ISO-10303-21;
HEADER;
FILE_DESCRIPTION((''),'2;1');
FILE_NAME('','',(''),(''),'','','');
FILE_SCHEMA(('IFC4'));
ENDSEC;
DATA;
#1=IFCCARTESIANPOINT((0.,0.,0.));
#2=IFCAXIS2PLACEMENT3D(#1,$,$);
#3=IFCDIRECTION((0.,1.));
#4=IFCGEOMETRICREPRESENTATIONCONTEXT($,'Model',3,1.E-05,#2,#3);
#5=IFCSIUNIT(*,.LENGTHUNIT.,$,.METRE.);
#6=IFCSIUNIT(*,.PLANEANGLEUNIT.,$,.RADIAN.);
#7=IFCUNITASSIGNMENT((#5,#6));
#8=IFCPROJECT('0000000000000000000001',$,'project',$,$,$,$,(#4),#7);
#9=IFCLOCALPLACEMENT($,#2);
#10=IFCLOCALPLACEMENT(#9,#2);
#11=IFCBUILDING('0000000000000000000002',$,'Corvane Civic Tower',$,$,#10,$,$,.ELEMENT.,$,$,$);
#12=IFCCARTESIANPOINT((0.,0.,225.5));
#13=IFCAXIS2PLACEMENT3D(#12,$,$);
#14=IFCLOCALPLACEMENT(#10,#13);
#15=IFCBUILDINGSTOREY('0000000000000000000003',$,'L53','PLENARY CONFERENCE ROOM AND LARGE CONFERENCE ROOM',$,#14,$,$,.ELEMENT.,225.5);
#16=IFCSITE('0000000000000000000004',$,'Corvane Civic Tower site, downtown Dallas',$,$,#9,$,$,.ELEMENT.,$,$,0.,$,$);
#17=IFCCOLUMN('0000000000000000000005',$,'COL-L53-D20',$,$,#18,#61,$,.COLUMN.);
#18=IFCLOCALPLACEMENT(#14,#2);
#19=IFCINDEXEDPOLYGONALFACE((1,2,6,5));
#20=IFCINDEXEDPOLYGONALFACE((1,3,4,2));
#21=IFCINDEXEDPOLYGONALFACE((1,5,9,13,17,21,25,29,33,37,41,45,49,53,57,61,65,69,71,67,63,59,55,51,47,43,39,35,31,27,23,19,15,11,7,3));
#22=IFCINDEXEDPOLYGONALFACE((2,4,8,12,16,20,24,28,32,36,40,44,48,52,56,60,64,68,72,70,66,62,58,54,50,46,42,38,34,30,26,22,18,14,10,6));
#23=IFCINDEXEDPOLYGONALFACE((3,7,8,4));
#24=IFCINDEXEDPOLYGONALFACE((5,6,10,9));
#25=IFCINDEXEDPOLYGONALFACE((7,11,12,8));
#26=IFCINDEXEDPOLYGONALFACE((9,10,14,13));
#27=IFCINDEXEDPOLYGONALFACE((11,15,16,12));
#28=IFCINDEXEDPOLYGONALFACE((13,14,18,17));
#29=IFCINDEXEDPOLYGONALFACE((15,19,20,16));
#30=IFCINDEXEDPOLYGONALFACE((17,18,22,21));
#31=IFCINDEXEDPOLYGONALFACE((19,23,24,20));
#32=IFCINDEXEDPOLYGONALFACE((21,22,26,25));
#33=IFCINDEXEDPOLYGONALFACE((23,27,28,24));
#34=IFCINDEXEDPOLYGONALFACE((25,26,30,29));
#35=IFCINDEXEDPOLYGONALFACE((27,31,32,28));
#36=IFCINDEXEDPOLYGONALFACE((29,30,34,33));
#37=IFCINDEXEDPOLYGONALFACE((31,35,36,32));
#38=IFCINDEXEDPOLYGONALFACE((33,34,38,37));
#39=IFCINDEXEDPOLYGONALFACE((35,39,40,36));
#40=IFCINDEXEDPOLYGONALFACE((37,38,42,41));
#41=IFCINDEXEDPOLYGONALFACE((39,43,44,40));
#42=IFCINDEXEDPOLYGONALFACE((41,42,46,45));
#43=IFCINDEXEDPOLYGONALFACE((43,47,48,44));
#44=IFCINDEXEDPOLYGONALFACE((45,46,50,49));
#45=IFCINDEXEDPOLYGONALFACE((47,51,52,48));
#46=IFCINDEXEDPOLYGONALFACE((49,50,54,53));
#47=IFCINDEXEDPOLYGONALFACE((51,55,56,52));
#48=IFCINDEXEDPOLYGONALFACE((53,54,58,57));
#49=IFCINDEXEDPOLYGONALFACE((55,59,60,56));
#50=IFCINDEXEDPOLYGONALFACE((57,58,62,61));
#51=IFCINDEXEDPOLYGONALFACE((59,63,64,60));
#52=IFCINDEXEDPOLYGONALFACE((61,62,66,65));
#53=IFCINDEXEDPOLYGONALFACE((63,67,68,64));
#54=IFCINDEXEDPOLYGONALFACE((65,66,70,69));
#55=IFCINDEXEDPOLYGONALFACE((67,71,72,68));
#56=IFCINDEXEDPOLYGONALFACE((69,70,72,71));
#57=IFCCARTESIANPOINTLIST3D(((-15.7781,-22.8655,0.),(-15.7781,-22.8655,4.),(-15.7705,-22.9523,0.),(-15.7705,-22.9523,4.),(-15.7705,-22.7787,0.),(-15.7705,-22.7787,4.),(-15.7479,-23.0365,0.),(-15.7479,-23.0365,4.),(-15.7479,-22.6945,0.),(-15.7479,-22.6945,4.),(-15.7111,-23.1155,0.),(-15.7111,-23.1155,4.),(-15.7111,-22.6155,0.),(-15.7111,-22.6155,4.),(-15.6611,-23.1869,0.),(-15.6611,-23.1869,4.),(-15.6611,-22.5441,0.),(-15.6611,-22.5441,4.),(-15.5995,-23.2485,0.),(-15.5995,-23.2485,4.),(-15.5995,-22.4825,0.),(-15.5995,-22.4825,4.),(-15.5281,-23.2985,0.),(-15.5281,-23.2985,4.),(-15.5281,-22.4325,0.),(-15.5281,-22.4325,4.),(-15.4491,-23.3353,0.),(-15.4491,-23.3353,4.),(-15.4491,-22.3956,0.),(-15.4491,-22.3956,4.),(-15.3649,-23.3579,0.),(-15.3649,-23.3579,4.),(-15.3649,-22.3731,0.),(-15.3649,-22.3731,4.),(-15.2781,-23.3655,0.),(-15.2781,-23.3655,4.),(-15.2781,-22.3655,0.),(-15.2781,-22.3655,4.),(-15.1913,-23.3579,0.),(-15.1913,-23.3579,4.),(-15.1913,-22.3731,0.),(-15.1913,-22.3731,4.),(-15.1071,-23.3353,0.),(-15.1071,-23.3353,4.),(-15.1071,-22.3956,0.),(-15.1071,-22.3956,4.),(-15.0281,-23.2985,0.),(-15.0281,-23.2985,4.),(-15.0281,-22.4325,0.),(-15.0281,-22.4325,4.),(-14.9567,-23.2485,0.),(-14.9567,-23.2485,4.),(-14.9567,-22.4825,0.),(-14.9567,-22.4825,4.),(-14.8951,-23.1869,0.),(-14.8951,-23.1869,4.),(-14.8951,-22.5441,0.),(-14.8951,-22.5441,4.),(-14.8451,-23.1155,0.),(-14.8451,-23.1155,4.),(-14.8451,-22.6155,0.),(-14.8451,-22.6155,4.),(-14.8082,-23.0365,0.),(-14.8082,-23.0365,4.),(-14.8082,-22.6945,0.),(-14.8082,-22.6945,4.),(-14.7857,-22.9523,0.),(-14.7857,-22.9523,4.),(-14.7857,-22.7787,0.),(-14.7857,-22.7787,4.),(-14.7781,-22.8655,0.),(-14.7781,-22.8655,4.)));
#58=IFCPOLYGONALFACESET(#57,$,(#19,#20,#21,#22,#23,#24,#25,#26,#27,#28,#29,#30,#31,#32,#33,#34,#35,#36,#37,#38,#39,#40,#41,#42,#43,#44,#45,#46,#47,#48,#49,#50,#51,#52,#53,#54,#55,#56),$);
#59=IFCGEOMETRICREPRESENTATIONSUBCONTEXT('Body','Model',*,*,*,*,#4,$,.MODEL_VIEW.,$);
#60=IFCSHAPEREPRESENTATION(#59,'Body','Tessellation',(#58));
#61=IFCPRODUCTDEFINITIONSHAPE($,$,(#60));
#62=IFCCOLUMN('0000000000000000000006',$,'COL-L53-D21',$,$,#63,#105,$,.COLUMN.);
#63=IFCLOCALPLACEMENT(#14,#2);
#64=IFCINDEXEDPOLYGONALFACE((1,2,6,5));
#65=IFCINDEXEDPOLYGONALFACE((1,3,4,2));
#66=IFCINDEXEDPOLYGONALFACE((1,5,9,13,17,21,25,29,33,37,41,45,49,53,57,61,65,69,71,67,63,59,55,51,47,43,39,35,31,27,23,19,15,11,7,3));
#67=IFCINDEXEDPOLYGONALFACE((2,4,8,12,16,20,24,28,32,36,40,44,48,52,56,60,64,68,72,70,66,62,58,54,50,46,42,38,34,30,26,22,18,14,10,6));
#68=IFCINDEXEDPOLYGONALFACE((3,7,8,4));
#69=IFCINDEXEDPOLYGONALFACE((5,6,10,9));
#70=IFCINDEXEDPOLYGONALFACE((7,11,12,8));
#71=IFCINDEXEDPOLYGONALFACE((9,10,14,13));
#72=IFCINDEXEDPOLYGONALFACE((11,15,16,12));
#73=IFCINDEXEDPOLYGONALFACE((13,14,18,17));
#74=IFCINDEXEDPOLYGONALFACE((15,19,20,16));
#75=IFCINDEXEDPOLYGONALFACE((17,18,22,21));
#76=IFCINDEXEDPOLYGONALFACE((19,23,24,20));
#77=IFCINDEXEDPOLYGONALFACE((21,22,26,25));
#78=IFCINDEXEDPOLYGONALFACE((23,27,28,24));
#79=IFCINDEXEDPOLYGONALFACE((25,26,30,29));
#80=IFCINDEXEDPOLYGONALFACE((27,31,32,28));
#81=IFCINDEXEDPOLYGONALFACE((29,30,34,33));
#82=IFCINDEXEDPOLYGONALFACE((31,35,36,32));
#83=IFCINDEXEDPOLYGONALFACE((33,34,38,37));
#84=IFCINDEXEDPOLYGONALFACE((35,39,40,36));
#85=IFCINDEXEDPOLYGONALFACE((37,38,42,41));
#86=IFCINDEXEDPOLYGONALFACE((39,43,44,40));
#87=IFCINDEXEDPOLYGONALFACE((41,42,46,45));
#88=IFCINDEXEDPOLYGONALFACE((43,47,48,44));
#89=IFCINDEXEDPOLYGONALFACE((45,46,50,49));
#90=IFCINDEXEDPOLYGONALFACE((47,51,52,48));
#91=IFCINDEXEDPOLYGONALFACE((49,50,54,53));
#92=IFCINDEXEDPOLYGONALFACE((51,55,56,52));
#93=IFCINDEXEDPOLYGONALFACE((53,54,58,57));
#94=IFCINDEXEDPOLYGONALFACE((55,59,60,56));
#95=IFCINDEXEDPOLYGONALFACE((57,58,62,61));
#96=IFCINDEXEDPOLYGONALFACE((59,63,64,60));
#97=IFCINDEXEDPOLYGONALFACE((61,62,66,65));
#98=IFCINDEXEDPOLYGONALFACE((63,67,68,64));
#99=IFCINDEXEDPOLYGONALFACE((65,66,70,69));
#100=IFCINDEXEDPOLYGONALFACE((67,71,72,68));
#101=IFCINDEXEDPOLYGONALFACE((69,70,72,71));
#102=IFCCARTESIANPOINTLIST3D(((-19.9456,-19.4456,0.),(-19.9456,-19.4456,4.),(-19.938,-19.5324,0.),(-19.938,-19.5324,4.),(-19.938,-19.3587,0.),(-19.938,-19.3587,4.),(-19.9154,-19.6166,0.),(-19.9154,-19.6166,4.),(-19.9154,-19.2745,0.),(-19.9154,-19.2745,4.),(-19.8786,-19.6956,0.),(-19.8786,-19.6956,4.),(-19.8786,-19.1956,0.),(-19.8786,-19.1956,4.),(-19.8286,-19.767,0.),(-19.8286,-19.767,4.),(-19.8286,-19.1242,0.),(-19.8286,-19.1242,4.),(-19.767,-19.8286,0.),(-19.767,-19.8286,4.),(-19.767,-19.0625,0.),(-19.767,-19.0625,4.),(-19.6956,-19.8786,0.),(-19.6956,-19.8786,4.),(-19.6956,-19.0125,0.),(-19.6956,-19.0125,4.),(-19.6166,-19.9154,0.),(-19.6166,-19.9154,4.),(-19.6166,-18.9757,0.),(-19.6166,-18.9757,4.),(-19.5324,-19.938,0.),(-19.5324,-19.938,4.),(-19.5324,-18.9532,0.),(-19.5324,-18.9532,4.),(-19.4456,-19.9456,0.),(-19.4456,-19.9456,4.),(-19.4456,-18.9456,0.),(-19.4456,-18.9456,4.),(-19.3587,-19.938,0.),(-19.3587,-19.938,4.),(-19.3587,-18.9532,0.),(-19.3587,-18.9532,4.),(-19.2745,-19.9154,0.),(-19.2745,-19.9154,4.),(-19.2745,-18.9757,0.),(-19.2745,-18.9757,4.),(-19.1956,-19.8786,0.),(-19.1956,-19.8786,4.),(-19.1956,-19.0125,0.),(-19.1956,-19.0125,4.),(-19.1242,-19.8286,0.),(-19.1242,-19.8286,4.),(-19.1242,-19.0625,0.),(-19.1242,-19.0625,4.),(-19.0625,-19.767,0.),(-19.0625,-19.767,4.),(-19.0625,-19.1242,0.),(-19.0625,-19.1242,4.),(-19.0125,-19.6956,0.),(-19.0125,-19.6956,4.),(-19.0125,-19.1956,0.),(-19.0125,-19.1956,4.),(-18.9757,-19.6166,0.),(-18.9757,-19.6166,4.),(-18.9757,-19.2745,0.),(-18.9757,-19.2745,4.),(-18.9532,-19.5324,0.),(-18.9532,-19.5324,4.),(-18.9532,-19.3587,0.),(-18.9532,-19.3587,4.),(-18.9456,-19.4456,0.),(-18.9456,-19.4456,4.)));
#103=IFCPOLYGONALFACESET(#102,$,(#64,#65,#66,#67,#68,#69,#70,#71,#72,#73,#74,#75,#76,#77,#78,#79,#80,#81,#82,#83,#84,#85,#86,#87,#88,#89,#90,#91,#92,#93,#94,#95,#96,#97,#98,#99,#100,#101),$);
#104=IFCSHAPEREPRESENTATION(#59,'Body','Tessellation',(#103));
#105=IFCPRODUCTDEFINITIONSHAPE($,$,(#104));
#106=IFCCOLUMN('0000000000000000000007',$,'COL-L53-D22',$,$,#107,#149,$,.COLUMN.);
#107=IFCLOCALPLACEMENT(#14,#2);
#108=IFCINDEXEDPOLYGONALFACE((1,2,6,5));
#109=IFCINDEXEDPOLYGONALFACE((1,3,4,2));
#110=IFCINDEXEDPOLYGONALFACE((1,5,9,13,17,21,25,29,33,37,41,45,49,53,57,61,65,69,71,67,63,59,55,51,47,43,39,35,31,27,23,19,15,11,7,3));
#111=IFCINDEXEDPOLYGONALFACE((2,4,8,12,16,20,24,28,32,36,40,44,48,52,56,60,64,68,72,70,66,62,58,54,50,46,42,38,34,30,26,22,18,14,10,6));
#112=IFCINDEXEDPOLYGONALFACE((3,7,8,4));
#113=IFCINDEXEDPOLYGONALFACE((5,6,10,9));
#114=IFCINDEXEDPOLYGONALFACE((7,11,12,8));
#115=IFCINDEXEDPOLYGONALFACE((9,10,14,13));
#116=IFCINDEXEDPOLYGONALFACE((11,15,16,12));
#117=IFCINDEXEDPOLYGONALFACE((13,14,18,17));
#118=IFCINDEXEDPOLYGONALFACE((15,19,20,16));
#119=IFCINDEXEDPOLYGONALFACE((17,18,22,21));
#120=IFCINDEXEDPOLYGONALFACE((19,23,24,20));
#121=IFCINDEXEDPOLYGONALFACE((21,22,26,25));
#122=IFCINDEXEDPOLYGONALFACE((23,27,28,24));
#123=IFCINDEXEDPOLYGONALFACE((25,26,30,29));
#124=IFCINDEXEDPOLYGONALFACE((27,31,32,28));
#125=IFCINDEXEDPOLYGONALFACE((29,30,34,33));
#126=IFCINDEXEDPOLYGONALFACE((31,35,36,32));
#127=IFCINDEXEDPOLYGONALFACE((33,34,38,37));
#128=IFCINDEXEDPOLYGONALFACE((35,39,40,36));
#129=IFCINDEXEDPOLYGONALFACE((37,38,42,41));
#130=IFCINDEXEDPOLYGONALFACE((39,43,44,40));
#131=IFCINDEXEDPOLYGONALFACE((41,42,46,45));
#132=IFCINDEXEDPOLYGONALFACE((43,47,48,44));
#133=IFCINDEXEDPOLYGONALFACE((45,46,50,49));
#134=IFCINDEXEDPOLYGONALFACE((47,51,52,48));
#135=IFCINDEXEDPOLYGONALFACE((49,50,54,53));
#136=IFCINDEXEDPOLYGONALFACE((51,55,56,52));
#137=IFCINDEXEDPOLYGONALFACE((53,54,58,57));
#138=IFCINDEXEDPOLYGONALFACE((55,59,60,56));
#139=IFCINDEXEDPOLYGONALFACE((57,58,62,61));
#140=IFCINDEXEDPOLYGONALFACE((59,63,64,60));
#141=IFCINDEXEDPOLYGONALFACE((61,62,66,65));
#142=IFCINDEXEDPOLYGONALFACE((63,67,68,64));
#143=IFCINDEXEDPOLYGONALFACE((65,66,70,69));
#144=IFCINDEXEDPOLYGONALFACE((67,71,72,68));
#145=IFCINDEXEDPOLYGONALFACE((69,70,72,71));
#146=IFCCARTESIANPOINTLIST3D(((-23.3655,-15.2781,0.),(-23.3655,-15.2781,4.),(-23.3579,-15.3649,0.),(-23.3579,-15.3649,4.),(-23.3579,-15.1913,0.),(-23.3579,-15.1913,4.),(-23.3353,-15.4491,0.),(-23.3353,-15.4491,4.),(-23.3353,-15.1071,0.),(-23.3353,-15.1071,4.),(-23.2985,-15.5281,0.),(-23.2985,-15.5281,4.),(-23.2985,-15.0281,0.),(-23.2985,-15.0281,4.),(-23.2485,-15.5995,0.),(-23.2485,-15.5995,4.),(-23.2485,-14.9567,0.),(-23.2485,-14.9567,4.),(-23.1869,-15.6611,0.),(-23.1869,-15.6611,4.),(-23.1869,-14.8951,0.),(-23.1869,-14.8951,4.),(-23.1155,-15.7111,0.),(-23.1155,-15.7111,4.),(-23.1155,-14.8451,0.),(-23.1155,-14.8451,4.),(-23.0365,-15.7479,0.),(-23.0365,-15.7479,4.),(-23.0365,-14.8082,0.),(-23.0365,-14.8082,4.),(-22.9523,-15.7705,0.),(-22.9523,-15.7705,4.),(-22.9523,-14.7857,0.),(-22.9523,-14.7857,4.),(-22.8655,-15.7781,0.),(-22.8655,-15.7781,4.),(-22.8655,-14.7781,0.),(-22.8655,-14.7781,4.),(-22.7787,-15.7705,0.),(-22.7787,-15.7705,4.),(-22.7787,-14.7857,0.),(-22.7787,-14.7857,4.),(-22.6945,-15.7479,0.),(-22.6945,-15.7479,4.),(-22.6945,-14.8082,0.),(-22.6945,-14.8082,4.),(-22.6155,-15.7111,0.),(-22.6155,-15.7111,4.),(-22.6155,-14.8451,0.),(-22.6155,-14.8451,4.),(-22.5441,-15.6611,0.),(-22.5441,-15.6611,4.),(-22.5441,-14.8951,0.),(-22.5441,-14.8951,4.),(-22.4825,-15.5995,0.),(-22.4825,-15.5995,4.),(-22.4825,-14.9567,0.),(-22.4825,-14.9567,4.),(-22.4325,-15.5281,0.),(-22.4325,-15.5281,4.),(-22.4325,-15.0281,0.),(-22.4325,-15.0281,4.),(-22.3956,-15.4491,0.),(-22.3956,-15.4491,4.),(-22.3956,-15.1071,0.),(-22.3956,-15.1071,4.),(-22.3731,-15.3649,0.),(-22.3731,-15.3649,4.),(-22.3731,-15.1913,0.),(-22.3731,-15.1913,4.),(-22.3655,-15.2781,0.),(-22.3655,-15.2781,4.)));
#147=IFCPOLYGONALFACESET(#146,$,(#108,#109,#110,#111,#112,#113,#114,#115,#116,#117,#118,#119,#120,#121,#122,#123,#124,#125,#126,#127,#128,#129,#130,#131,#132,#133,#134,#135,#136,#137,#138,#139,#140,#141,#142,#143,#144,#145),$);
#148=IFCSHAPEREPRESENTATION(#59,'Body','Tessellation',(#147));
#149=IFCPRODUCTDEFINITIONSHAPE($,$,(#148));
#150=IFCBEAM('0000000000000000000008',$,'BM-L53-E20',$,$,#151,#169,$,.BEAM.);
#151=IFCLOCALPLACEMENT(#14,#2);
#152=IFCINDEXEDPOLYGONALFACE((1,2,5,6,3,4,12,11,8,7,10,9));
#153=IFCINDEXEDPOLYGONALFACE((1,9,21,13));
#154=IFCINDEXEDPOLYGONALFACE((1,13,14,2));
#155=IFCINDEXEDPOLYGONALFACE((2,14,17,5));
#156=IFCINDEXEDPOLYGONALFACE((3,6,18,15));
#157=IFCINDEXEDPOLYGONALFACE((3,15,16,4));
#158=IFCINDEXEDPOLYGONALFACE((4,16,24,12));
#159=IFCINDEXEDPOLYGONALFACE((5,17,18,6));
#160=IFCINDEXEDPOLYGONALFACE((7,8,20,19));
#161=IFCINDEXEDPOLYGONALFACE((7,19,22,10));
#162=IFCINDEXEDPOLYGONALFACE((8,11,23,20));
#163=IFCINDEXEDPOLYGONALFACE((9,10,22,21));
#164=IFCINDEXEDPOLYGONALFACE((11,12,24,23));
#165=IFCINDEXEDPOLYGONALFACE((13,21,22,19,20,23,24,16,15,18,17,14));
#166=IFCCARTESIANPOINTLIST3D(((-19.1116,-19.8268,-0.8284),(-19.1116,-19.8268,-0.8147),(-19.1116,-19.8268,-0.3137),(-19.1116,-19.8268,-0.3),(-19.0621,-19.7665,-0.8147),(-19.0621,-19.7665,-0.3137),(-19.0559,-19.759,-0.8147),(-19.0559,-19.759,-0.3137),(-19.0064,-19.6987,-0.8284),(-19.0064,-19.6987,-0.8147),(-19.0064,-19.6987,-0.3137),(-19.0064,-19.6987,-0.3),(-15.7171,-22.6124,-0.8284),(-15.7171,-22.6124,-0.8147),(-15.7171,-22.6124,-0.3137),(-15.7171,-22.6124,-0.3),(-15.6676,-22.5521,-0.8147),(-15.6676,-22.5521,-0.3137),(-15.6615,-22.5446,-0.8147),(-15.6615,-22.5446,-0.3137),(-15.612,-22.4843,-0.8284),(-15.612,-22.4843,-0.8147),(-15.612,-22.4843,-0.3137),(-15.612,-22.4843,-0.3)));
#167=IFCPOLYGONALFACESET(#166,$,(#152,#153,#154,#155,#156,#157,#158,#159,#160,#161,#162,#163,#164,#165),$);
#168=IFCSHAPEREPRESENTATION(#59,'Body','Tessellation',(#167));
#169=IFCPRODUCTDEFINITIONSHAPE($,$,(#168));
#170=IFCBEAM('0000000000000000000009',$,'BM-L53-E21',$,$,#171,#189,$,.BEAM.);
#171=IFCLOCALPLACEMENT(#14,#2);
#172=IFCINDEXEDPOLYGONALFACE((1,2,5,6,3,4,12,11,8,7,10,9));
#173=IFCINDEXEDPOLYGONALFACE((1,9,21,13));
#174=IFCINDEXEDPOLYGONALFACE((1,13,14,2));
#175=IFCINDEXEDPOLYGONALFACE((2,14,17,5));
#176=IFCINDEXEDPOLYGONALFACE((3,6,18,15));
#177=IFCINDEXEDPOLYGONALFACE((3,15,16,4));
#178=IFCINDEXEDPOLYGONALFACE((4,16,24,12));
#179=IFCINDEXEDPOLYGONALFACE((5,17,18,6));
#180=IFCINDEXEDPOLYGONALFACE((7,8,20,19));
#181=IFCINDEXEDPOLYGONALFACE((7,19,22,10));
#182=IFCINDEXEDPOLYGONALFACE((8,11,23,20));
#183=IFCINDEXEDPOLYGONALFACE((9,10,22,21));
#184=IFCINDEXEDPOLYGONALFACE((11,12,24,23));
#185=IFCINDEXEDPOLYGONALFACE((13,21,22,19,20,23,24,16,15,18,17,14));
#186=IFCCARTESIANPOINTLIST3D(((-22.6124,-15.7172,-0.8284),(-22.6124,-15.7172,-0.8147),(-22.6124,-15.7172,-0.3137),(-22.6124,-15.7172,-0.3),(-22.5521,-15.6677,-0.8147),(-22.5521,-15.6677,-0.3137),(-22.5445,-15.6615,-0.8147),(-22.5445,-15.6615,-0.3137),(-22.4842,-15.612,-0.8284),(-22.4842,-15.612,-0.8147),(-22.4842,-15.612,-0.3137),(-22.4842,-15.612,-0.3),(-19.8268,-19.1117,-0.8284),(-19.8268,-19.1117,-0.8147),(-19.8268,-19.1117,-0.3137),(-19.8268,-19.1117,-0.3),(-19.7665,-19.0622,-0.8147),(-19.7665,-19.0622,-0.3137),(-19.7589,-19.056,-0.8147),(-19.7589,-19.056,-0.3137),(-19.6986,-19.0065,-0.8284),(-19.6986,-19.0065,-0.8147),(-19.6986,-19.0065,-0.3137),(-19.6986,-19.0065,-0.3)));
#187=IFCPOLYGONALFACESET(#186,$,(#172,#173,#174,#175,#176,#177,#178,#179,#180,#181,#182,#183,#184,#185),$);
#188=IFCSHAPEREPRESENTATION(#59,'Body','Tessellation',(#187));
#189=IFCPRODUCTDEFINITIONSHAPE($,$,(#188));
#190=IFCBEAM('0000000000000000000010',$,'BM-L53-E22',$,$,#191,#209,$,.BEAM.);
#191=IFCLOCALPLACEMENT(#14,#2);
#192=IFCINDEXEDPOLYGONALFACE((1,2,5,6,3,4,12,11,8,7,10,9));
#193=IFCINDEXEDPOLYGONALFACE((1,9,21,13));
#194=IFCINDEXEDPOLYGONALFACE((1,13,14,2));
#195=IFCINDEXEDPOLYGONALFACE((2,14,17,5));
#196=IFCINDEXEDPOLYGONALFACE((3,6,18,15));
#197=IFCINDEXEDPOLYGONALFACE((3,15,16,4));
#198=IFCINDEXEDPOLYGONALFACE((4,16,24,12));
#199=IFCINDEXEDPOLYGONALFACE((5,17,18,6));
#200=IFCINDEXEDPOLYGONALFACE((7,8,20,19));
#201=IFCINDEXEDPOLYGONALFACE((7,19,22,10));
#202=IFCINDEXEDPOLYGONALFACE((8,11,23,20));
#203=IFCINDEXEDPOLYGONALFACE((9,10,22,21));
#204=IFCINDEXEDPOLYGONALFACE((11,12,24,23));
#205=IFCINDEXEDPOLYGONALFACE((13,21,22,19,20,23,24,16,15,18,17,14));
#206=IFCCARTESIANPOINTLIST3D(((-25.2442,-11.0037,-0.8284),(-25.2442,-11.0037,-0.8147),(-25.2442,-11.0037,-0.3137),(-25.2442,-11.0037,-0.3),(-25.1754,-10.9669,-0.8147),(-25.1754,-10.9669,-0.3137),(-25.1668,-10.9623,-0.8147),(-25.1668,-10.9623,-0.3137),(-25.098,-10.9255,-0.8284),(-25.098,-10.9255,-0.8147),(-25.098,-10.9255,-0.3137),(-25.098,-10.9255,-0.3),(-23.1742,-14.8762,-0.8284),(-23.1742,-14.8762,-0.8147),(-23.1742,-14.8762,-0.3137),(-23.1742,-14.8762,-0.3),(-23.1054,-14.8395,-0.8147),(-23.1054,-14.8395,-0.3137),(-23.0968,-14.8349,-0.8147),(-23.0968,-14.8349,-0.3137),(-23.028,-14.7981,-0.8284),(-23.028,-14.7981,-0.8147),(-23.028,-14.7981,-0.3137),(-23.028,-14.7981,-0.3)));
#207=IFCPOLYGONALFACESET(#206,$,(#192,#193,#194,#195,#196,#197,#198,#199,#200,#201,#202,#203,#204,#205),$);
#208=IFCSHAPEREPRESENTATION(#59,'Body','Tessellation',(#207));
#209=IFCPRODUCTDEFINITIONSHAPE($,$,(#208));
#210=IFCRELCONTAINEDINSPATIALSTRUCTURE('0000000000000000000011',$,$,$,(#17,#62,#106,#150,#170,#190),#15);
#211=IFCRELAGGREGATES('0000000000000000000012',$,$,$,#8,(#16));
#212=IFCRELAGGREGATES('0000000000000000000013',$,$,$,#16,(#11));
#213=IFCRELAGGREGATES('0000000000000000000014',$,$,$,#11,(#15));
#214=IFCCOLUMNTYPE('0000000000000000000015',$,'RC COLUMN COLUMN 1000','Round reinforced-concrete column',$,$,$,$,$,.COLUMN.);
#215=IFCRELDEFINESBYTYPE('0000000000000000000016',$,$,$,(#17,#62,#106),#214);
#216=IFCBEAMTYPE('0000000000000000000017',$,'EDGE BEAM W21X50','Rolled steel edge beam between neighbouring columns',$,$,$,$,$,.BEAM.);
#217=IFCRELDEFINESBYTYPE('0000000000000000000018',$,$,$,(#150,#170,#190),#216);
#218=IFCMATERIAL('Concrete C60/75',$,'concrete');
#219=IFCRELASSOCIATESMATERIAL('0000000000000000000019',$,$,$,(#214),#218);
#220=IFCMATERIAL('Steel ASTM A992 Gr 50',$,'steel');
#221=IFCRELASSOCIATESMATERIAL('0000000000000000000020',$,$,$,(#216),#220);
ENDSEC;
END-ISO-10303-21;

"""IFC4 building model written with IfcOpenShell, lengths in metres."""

from ifc_helpers import new_model, si_unit, direction, frame, origin, origin_2d, place, context, subcontext, project, spatial, circle, i_section, extrude, material, material_profile, profile_set, type_object, element, save


model = new_model("IFC4")

# Units and contexts
model_context = context("Model", 3, precision=1e-05, world=origin(), true_north=direction((0.0, 1.0)))
body_context = subcontext(model_context, "Body", "Model", "MODEL_VIEW")
ifc_project = project(units=[si_unit("LENGTHUNIT", "METRE"), si_unit("PLANEANGLEUNIT", "RADIAN")], contexts=[model_context])

# Site, building, storey
site_placement = place(None, origin())
site = spatial("IfcSite", under=ifc_project, at=site_placement, Name="Corvane Civic Tower site, downtown Dallas", CompositionType="ELEMENT", RefElevation=0.0)
building_placement = place(site_placement, origin())
building = spatial("IfcBuilding", under=site, at=building_placement, Name="Corvane Civic Tower", CompositionType="ELEMENT")
storey_placement = place(building_placement, frame((0.0, 0.0, 225.5)))
storey = spatial("IfcBuildingStorey", under=building, at=storey_placement, Name="L53", Description="PLENARY CONFERENCE ROOM AND LARGE CONFERENCE ROOM", CompositionType="ELEMENT", Elevation=225.5)

# Columns
ifc_material_1 = material(Name="Concrete C60/75", Category="concrete")
ifc_material_profile_1 = material_profile(ifc_material_1, circle(Radius=0.5, at=origin_2d()), Name="COLUMN 1000")
ifc_profile_set_1 = profile_set([ifc_material_profile_1], Name="Concrete C60/75")
column_type = type_object("IfcColumnType", Name="RC COLUMN COLUMN 1000", Description="Round reinforced-concrete column", PredefinedType="COLUMN", material=ifc_profile_set_1)
for number, where, z_axis, x_axis, name in (
    (1, (-15.2781, -22.8655, 0.0), (0.0, 0.0, 1.0), (1.0, 0.0, 0.0), "COL-L53-D20"),
    (2, (-19.4456, -19.4456, 0.0), (0.0, 0.0, 1.0), (1.0, 0.0, 0.0), "COL-L53-D21"),
    (3, (-22.8655, -15.2781, 0.0), (0.0, 0.0, 1.0), (1.0, 0.0, 0.0), "COL-L53-D22"),
):
    element("IfcColumn", number, at=place(storey_placement, frame(where, z_axis=z_axis, x_axis=x_axis)), inside=storey, type_object=column_type, Name=name, PredefinedType="COLUMN", context=body_context, shape_type="SweptSolid", body=[
        extrude(circle(Radius=0.5, at=origin_2d()), origin(), (0.0, 0.0, 1.0), 4.0),
    ])

# Beams
ifc_material_2 = material(Name="Steel ASTM A992 Gr 50", Category="steel")
ifc_material_profile_2 = material_profile(ifc_material_2, i_section(OverallWidth=0.1658, OverallDepth=0.5283, WebThickness=0.0098, FlangeThickness=0.0137, at=origin_2d()), Name="W21X50")
ifc_profile_set_2 = profile_set([ifc_material_profile_2], Name="Steel ASTM A992 Gr 50")
beam_type_1 = type_object("IfcBeamType", Name="EDGE BEAM W21X50", Description="Rolled steel edge beam between neighbouring columns", PredefinedType="BEAM", material=ifc_profile_set_2)
for number, where, z_axis, x_axis, name in (
    (4, (-15.6646, -22.5483, -0.5642), (-0.77303, 0.634369, 0.0), (-0.634369, -0.77303, 0.0), "BM-L53-E20"),
    (5, (-19.7627, -19.0591, -0.5642), (-0.634369, 0.77303, 0.0), (-0.77303, -0.634369, 0.0), "BM-L53-E21"),
    (6, (-23.1011, -14.8372, -0.5642), (-0.471422, 0.881908, 0.0), (-0.881908, -0.471422, 0.0), "BM-L53-E22"),
):
    element("IfcBeam", number, at=place(storey_placement, frame(where, z_axis=z_axis, x_axis=x_axis)), inside=storey, type_object=beam_type_1, Name=name, PredefinedType="BEAM", context=body_context, shape_type="SweptSolid", body=[
        extrude(i_section(OverallWidth=0.1658, OverallDepth=0.5283, WebThickness=0.0098, FlangeThickness=0.0137, at=origin_2d()), origin(), (0.0, 0.0, 1.0), 4.3911),
    ])

save(model, "model.ifc")
